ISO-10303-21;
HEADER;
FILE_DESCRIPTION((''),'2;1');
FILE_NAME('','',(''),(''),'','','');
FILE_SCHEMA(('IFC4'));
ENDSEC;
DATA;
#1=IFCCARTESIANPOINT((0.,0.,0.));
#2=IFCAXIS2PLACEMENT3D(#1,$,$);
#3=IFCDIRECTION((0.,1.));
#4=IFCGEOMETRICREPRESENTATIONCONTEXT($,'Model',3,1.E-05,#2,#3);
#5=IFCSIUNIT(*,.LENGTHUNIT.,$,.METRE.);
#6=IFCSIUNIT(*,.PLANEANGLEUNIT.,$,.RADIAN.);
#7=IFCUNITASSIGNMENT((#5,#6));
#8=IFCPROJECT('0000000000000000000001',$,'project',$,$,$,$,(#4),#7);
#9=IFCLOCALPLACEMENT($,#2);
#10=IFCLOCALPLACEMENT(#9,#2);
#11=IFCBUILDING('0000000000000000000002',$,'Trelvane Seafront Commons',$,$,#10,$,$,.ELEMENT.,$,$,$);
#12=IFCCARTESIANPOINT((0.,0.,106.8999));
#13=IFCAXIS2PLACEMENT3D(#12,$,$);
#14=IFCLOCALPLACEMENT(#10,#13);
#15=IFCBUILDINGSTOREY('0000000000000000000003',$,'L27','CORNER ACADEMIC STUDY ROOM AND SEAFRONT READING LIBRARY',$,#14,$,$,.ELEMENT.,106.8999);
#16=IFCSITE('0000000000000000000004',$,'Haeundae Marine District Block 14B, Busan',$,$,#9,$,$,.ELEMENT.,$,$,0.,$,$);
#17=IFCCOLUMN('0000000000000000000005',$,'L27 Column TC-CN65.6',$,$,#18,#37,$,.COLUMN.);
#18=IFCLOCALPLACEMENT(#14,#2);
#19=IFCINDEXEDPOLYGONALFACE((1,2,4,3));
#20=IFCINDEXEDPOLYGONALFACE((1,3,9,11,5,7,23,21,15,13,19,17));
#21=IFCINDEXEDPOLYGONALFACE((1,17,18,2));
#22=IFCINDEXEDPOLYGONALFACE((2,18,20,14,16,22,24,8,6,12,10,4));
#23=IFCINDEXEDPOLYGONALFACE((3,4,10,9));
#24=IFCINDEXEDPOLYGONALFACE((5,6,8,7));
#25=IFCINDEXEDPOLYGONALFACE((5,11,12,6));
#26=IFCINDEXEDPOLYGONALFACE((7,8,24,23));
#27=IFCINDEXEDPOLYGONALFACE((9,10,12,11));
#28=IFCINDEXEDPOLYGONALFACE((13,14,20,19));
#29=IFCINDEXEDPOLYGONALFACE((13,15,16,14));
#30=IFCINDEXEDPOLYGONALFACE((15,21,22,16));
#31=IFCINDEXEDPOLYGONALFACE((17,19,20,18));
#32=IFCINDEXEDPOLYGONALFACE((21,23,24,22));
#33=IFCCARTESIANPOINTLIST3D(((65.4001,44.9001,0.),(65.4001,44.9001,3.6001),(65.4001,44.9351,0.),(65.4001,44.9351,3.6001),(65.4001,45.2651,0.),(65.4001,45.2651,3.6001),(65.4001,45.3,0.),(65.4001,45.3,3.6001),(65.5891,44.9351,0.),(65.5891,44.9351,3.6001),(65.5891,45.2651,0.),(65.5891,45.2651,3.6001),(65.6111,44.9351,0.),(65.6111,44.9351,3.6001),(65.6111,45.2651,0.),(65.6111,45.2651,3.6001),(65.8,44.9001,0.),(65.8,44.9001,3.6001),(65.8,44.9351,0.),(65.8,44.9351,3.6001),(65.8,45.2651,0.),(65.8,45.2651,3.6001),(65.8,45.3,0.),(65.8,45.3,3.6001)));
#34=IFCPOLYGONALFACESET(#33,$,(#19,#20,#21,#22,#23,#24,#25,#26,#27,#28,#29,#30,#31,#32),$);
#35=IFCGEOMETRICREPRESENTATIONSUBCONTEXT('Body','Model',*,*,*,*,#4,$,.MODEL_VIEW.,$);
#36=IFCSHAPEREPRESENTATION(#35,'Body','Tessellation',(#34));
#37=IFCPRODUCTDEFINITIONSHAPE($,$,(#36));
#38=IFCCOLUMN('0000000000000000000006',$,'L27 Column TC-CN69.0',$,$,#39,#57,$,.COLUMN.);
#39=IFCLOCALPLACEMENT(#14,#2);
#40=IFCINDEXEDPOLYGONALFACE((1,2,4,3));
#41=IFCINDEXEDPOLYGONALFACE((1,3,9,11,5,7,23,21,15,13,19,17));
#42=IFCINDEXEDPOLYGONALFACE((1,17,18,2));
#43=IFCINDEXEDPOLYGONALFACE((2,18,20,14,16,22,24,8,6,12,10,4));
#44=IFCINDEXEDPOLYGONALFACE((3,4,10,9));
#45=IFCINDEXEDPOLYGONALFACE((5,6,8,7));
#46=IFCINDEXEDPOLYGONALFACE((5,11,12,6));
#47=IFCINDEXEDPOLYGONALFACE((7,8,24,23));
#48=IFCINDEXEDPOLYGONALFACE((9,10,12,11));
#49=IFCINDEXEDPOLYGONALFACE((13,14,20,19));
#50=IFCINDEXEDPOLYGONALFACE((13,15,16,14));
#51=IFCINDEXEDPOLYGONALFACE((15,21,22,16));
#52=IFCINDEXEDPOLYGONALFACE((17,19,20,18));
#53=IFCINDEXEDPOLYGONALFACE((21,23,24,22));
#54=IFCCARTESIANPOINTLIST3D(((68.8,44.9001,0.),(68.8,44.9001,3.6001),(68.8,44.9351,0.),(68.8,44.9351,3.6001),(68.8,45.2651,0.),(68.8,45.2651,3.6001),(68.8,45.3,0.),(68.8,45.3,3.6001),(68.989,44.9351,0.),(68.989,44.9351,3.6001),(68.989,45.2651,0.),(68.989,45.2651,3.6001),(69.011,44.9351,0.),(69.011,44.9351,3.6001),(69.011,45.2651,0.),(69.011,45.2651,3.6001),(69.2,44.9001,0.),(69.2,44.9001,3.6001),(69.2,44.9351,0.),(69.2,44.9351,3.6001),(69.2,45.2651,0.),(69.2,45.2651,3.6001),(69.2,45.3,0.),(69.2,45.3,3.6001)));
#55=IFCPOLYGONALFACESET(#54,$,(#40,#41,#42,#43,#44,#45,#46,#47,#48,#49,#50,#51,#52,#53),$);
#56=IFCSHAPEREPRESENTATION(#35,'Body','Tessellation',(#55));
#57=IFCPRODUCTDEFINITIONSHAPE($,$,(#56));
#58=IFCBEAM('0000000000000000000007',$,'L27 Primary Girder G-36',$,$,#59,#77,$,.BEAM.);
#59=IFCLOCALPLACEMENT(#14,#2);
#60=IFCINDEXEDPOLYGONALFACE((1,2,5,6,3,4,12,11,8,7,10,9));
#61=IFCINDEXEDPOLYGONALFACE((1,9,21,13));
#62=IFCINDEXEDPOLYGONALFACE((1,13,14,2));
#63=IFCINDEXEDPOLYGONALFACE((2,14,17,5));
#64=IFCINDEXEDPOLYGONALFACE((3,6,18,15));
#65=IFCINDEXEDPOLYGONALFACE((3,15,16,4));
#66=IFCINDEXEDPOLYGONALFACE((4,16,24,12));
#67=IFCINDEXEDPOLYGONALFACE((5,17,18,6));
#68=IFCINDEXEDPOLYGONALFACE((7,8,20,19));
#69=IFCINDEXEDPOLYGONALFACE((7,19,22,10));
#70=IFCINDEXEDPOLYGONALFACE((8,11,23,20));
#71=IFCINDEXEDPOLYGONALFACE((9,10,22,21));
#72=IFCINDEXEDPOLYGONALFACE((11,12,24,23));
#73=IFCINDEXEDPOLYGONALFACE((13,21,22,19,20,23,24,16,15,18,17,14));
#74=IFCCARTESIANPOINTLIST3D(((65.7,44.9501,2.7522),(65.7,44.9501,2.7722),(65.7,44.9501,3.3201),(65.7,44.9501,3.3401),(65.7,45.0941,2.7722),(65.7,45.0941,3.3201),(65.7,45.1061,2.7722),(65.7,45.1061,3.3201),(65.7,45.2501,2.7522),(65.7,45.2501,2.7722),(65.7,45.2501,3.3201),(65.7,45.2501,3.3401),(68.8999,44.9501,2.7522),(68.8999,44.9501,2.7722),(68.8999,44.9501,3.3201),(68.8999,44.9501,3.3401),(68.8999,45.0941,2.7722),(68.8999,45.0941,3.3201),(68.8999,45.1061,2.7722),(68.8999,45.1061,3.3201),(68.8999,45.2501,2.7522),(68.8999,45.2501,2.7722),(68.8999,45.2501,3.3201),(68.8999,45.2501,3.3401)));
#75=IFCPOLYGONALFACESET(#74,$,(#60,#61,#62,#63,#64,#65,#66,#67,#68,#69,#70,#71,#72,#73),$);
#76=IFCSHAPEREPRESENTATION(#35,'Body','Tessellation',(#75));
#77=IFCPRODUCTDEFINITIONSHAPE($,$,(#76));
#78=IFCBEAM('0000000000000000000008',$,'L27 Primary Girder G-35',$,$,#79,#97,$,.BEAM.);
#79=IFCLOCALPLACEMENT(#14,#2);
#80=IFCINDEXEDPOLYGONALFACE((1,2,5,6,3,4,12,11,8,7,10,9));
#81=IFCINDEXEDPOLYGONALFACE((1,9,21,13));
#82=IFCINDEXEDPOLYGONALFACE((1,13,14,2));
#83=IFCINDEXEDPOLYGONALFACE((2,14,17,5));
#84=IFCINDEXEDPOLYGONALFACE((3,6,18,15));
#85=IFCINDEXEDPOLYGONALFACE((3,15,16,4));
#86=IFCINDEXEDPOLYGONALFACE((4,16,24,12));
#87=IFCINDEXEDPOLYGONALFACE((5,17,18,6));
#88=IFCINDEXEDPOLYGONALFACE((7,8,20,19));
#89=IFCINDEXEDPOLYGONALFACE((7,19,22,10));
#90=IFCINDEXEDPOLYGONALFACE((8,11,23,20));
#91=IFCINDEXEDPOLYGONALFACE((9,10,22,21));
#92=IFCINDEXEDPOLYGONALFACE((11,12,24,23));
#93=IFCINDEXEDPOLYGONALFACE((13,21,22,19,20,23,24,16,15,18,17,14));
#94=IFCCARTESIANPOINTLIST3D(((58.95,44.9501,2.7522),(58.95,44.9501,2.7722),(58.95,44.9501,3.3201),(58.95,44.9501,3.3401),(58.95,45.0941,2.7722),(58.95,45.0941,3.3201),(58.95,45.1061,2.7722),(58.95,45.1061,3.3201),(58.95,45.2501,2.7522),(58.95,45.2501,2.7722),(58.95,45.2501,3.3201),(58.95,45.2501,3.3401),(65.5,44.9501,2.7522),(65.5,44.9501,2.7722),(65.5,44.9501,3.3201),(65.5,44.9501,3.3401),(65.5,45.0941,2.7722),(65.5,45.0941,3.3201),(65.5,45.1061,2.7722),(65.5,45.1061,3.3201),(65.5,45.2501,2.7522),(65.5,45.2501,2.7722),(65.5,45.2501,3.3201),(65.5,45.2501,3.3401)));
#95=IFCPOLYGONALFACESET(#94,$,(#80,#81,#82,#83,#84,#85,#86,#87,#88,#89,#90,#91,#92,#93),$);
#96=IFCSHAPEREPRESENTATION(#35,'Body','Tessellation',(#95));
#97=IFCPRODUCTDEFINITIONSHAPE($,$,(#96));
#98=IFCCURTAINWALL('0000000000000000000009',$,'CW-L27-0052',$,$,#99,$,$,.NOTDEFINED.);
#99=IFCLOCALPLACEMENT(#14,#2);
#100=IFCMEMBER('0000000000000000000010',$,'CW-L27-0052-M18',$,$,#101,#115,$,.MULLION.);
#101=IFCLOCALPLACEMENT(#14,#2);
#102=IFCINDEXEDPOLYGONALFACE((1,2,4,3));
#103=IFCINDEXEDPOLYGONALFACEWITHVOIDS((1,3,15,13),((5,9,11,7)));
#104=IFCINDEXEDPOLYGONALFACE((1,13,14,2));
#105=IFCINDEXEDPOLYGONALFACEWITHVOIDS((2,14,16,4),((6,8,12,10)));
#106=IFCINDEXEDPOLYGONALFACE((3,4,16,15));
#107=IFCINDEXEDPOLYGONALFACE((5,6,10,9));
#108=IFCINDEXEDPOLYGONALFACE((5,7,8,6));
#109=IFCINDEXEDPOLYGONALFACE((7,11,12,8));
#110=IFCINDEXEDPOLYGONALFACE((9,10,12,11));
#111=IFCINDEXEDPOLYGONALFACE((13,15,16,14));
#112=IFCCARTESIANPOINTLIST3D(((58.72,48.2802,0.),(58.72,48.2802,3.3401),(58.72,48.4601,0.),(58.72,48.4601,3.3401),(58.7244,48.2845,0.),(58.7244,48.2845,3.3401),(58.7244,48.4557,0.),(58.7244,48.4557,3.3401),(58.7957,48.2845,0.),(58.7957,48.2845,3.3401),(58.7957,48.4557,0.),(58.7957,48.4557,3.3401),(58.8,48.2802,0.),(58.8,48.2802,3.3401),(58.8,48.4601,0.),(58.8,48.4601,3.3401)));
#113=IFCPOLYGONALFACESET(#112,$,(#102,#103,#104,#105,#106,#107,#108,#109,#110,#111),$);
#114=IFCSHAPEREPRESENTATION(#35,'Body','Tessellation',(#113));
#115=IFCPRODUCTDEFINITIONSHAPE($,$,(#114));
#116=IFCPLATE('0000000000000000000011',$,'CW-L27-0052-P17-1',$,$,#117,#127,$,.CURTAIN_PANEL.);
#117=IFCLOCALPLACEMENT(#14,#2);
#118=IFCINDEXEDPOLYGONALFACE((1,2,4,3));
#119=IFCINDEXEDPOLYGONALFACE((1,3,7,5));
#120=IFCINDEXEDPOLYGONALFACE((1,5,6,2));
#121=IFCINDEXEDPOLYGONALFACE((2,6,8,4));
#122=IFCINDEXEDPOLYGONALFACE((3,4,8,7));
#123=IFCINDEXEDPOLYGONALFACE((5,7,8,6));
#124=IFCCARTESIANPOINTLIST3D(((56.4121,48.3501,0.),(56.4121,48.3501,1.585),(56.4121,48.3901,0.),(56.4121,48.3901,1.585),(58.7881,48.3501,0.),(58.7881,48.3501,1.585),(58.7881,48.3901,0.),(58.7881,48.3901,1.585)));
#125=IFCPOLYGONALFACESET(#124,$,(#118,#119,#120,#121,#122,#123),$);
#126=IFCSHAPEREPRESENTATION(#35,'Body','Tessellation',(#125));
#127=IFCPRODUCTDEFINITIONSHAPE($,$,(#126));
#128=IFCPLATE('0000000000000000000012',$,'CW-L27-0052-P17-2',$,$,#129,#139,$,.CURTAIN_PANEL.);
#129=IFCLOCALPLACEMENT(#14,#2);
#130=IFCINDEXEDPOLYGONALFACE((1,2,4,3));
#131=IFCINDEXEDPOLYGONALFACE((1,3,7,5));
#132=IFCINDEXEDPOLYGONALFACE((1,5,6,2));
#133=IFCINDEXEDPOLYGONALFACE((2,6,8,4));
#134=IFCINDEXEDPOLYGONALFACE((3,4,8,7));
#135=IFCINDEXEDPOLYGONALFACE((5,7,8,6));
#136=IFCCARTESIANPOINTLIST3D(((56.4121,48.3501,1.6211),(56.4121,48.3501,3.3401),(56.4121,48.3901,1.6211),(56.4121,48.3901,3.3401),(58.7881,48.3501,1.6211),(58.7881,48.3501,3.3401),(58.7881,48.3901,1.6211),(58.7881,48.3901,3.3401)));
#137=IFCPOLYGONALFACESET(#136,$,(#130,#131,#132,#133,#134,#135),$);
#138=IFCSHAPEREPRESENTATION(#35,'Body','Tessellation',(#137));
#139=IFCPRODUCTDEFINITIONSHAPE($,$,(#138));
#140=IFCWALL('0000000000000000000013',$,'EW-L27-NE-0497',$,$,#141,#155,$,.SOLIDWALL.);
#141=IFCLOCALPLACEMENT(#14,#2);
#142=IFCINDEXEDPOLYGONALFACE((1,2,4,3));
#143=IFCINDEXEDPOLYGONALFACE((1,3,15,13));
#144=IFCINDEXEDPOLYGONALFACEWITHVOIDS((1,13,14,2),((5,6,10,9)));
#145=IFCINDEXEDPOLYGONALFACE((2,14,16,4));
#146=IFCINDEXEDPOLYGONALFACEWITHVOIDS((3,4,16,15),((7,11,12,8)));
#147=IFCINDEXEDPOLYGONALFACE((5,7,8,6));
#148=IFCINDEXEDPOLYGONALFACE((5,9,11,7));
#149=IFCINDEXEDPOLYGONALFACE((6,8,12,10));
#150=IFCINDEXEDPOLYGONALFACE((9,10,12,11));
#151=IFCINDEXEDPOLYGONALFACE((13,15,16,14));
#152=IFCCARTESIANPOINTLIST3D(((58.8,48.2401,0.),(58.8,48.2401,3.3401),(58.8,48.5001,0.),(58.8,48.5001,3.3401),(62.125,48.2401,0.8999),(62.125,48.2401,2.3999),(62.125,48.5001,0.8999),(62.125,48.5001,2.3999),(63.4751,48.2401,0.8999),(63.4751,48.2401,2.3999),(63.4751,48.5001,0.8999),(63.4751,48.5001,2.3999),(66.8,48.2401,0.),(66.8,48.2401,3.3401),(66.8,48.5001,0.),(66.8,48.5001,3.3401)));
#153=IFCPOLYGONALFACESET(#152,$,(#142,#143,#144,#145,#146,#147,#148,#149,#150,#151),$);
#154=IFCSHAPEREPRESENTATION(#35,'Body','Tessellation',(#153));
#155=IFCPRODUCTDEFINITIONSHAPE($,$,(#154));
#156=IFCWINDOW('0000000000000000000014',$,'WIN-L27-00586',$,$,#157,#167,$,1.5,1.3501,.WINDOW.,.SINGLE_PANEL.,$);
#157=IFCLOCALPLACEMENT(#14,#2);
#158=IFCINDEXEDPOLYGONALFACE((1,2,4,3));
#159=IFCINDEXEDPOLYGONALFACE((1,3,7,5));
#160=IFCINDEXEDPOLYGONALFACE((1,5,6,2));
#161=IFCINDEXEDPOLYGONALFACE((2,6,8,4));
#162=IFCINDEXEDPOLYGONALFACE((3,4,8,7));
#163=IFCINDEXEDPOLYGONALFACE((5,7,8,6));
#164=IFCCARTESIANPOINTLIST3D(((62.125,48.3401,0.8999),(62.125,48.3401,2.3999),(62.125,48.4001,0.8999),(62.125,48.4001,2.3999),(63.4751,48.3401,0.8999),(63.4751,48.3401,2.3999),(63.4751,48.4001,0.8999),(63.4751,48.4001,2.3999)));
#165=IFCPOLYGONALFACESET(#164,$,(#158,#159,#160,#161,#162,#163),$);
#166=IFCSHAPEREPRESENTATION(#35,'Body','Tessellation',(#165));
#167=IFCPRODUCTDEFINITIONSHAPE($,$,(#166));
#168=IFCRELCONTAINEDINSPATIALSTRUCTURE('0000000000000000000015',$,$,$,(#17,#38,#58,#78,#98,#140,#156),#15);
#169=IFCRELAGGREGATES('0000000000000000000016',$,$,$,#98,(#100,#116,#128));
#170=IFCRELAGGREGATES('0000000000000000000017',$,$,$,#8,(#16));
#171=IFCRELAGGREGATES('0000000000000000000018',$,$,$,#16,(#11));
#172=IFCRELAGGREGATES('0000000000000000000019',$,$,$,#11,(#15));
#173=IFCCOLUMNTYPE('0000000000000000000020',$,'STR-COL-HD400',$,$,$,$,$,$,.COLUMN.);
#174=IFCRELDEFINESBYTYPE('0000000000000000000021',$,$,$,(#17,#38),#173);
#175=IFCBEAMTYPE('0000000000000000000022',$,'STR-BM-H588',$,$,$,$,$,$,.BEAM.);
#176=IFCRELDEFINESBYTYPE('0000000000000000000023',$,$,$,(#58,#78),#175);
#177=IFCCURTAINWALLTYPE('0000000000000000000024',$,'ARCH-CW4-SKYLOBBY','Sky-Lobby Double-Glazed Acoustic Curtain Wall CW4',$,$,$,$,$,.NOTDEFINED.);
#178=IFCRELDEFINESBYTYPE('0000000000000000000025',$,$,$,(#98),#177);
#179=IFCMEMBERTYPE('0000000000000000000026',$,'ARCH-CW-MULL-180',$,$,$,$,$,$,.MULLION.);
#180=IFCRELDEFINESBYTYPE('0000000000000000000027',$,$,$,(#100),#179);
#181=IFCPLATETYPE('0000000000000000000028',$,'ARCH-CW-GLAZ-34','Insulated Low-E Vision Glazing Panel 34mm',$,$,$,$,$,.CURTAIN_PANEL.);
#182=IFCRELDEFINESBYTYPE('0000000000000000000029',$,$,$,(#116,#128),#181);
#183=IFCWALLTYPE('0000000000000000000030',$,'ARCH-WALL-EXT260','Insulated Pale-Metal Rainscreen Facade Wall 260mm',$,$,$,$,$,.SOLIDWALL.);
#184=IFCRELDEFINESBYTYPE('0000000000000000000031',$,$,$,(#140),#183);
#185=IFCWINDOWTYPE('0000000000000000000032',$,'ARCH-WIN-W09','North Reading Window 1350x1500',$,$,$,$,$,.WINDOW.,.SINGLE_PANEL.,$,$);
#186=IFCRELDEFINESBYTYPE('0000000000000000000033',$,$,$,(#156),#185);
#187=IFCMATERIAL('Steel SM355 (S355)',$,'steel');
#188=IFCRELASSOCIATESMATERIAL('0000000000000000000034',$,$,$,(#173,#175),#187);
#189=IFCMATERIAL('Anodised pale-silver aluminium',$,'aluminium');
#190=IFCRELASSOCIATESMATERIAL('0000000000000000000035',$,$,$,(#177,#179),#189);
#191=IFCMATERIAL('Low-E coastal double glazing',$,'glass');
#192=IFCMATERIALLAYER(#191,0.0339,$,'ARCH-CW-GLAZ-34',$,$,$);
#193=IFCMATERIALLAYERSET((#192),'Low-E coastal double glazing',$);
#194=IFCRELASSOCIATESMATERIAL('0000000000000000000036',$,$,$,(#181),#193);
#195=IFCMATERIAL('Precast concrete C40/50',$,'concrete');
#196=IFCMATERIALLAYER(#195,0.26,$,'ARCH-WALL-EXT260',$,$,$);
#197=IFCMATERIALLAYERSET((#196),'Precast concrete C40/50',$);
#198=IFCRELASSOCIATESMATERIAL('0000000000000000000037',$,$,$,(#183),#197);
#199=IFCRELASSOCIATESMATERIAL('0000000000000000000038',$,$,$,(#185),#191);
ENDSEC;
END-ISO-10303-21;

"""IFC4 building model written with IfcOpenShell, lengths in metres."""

from ifc_helpers import new_model, si_unit, direction, frame, frame_2d, origin, origin_2d, place, context, subcontext, project, spatial, rectangle, hollow_rectangle, i_section, extrude, source, transform, mapped, material, layer, layer_set, material_profile, profile_set, type_object, element, fill, aggregate, save


model = new_model("IFC4")

# Units and contexts
model_context = context("Model", 3, precision=1e-05, world=origin(), true_north=direction((0.0, 1.0)))
body_context = subcontext(model_context, "Body", "Model", "MODEL_VIEW")
ifc_project = project(units=[si_unit("LENGTHUNIT", "METRE"), si_unit("PLANEANGLEUNIT", "RADIAN")], contexts=[model_context])

# Site, building, storey
site_placement = place(None, origin())
site = spatial("IfcSite", under=ifc_project, at=site_placement, Name="Haeundae Marine District Block 14B, Busan", CompositionType="ELEMENT", RefElevation=0.0)
building_placement = place(site_placement, origin())
building = spatial("IfcBuilding", under=site, at=building_placement, Name="Trelvane Seafront Commons", CompositionType="ELEMENT")
storey_placement = place(building_placement, frame((0.0, 0.0, 106.8999)))
storey = spatial("IfcBuildingStorey", under=building, at=storey_placement, Name="L27", Description="CORNER ACADEMIC STUDY ROOM AND SEAFRONT READING LIBRARY", CompositionType="ELEMENT", Elevation=106.8999)

# Columns
ifc_material_1 = material(Name="Steel SM355 (S355)", Category="steel")
ifc_material_profile_1 = material_profile(ifc_material_1, i_section(OverallWidth=0.3999, OverallDepth=0.3999, WebThickness=0.022, FlangeThickness=0.0349, at=origin_2d()), Name="HD-400x400x22x35")
ifc_profile_set_1 = profile_set([ifc_material_profile_1], Name="Steel SM355 (S355)")
column_type = type_object("IfcColumnType", Name="STR-COL-HD400", PredefinedType="COLUMN", material=ifc_profile_set_1)
shared_shape_1 = source(origin(), body_context, "Body", "SweptSolid", [
    extrude(i_section(OverallWidth=0.3999, OverallDepth=0.3999, WebThickness=0.022, FlangeThickness=0.0349, at=origin_2d()), origin(), (0.0, 0.0, 1.0), 3.6001),
])
for number, where, z_axis, x_axis, name in (
    (1, (65.6001, 45.1001, 0.0), (0.0, 0.0, 1.0), (1.0, 0.0, 0.0), "L27 Column TC-CN65.6"),
    (2, (69.0, 45.1001, 0.0), (0.0, 0.0, 1.0), (1.0, 0.0, 0.0), "L27 Column TC-CN69.0"),
):
    element("IfcColumn", number, at=place(storey_placement, frame(where, z_axis=z_axis, x_axis=x_axis)), inside=storey, type_object=column_type, Name=name, PredefinedType="COLUMN", context=body_context, shape_type="MappedRepresentation", body=[
        mapped(shared_shape_1, transform((0.0, 0.0, 0.0), x_axis=(1.0, 0.0, 0.0), y_axis=(0.0, 1.0, 0.0), z_axis=(0.0, 0.0, 1.0), scale=1.0)),
    ])

# Beams
ifc_material_profile_2 = material_profile(ifc_material_1, i_section(OverallWidth=0.3, OverallDepth=0.5879, WebThickness=0.012, FlangeThickness=0.02, at=origin_2d()), Name="H-588x300x12x20")
ifc_profile_set_2 = profile_set([ifc_material_profile_2], Name="Steel SM355 (S355)")
beam_type = type_object("IfcBeamType", Name="STR-BM-H588", PredefinedType="BEAM", material=ifc_profile_set_2)
shared_shape_2 = source(origin(), body_context, "Body", "SweptSolid", [
    extrude(i_section(OverallWidth=0.3, OverallDepth=0.5879, WebThickness=0.012, FlangeThickness=0.02, at=origin_2d()), origin(), (0.0, 0.0, 1.0), 3.2),
])
beam_1_placement = place(storey_placement, frame((65.7, 45.1001, 3.0461), z_axis=(1.0, 0.0, 0.0), x_axis=(0.0, 1.0, 0.0)))
element("IfcBeam", 3, at=beam_1_placement, inside=storey, type_object=beam_type, Name="L27 Primary Girder G-36", PredefinedType="BEAM", context=body_context, shape_type="MappedRepresentation", body=[
    mapped(shared_shape_2, transform((0.0, 0.0, 0.0), x_axis=(1.0, 0.0, 0.0), y_axis=(0.0, 1.0, 0.0), z_axis=(0.0, 0.0, 1.0), scale=1.0)),
])
shared_shape_3 = source(origin(), body_context, "Body", "SweptSolid", [
    extrude(i_section(OverallWidth=0.3, OverallDepth=0.5879, WebThickness=0.012, FlangeThickness=0.02, at=origin_2d()), origin(), (0.0, 0.0, 1.0), 6.55),
])
beam_2_placement = place(storey_placement, frame((58.95, 45.1001, 3.0461), z_axis=(1.0, 0.0, 0.0), x_axis=(0.0, 1.0, 0.0)))
element("IfcBeam", 4, at=beam_2_placement, inside=storey, type_object=beam_type, Name="L27 Primary Girder G-35", PredefinedType="BEAM", context=body_context, shape_type="MappedRepresentation", body=[
    mapped(shared_shape_3, transform((0.0, 0.0, 0.0), x_axis=(1.0, 0.0, 0.0), y_axis=(0.0, 1.0, 0.0), z_axis=(0.0, 0.0, 1.0), scale=1.0)),
])

# Curtain wall, member, plates
ifc_material_2 = material(Name="Anodised pale-silver aluminium", Category="aluminium")
curtain_wall_type = type_object("IfcCurtainWallType", Name="ARCH-CW4-SKYLOBBY", Description="Sky-Lobby Double-Glazed Acoustic Curtain Wall CW4", PredefinedType="NOTDEFINED", material=ifc_material_2)
curtain_wall_placement = place(storey_placement, origin())
curtain_wall = element("IfcCurtainWall", 5, at=curtain_wall_placement, inside=storey, type_object=curtain_wall_type, Name="CW-L27-0052", PredefinedType="NOTDEFINED")
ifc_material_profile_3 = material_profile(ifc_material_2, hollow_rectangle(XDim=0.0801, YDim=0.1799, WallThickness=0.0044, at=origin_2d()), Name="MULL-80x180x4.5")
ifc_profile_set_3 = profile_set([ifc_material_profile_3], Name="Anodised pale-silver aluminium")
member_type = type_object("IfcMemberType", Name="ARCH-CW-MULL-180", PredefinedType="MULLION", material=ifc_profile_set_3)
shared_shape_4 = source(origin(), body_context, "Body", "SweptSolid", [
    extrude(hollow_rectangle(XDim=0.0801, YDim=0.1799, WallThickness=0.0044, at=origin_2d()), origin(), (0.0, 0.0, 1.0), 3.3401),
])
member_placement = place(storey_placement, frame((58.76, 48.3701, 0.0), z_axis=(0.0, 0.0, 1.0), x_axis=(1.0, 0.0, 0.0)))
member = element("IfcMember", 6, at=member_placement, type_object=member_type, Name="CW-L27-0052-M18", PredefinedType="MULLION", context=body_context, shape_type="MappedRepresentation", body=[
    mapped(shared_shape_4, transform((0.0, 0.0, 0.0), x_axis=(1.0, 0.0, 0.0), y_axis=(0.0, 1.0, 0.0), z_axis=(0.0, 0.0, 1.0), scale=1.0)),
])
ifc_material_3 = material(Name="Low-E coastal double glazing", Category="glass")
ifc_layer_1 = layer(ifc_material_3, 0.0339, Name="ARCH-CW-GLAZ-34")
ifc_layer_set_1 = layer_set([ifc_layer_1], Name="Low-E coastal double glazing")
plate_type = type_object("IfcPlateType", Name="ARCH-CW-GLAZ-34", Description="Insulated Low-E Vision Glazing Panel 34mm", PredefinedType="CURTAIN_PANEL", material=ifc_layer_set_1)
shared_shape_5 = source(origin(), body_context, "Body", "SweptSolid", [
    extrude(rectangle(XDim=2.376, YDim=0.04, at=origin_2d()), origin(), (0.0, 0.0, 1.0), 1.585),
])
plate_1_placement = place(storey_placement, frame((57.6001, 48.3701, 0.0), z_axis=(0.0, 0.0, 1.0), x_axis=(1.0, 0.0, 0.0)))
plate_1 = element("IfcPlate", 7, at=plate_1_placement, type_object=plate_type, Name="CW-L27-0052-P17-1", PredefinedType="CURTAIN_PANEL", context=body_context, shape_type="MappedRepresentation", body=[
    mapped(shared_shape_5, transform((0.0, 0.0, 0.0), x_axis=(1.0, 0.0, 0.0), y_axis=(0.0, 1.0, 0.0), z_axis=(0.0, 0.0, 1.0), scale=1.0)),
])
shared_shape_6 = source(origin(), body_context, "Body", "SweptSolid", [
    extrude(rectangle(XDim=2.376, YDim=0.04, at=origin_2d()), origin(), (0.0, 0.0, 1.0), 1.719),
])
plate_2_placement = place(storey_placement, frame((57.6001, 48.3701, 1.6211), z_axis=(0.0, 0.0, 1.0), x_axis=(1.0, 0.0, 0.0)))
plate_2 = element("IfcPlate", 8, at=plate_2_placement, type_object=plate_type, Name="CW-L27-0052-P17-2", PredefinedType="CURTAIN_PANEL", context=body_context, shape_type="MappedRepresentation", body=[
    mapped(shared_shape_6, transform((0.0, 0.0, 0.0), x_axis=(1.0, 0.0, 0.0), y_axis=(0.0, 1.0, 0.0), z_axis=(0.0, 0.0, 1.0), scale=1.0)),
])
aggregate(curtain_wall, [member, plate_1, plate_2])

# Wall, opening, window
ifc_material_4 = material(Name="Precast concrete C40/50", Category="concrete")
ifc_layer_2 = layer(ifc_material_4, 0.26, Name="ARCH-WALL-EXT260")
ifc_layer_set_2 = layer_set([ifc_layer_2], Name="Precast concrete C40/50")
wall_type = type_object("IfcWallType", Name="ARCH-WALL-EXT260", Description="Insulated Pale-Metal Rainscreen Facade Wall 260mm", PredefinedType="SOLIDWALL", material=ifc_layer_set_2)
wall_1_placement = place(storey_placement, frame((58.8, 48.3701, 0.0), z_axis=(0.0, 0.0, 1.0), x_axis=(1.0, 0.0, 0.0)))
wall_1 = element("IfcWall", 9, at=wall_1_placement, inside=storey, type_object=wall_type, Name="EW-L27-NE-0497", PredefinedType="SOLIDWALL", context=body_context, shape_type="SweptSolid", body=[
    extrude(rectangle(XDim=8.0, YDim=0.26, at=frame_2d((4.0, 0.0))), origin(), (0.0, 0.0, 1.0), 3.3401),
])
opening_1_placement = place(wall_1_placement, frame((3.325, 0.0, 0.8999)))
opening_1 = element("IfcOpeningElement", 10, at=opening_1_placement, cuts=wall_1, PredefinedType="OPENING", context=body_context, shape_type="SweptSolid", body=[
    extrude(rectangle(XDim=1.3501, YDim=1.5, at=frame_2d((0.675, 0.75))), frame((0.0, 0.1399, 0.0), z_axis=(0.0, -1.0, 0.0), x_axis=(1.0, 0.0, 0.0)), (0.0, 0.0, 1.0), 0.28),
])
window_type_1 = type_object("IfcWindowType", Name="ARCH-WIN-W09", Description="North Reading Window 1350x1500", PartitioningType="SINGLE_PANEL", PredefinedType="WINDOW", material=ifc_material_3)
shared_shape_7 = source(origin(), body_context, "Body", "SweptSolid", [
    extrude(rectangle(XDim=1.3501, YDim=1.5, at=frame_2d((0.675, 0.75))), frame((0.0, 0.03, 0.0), z_axis=(0.0, -1.0, 0.0), x_axis=(1.0, 0.0, 0.0)), (0.0, 0.0, 1.0), 0.0601),
])
window_1_placement = place(opening_1_placement, origin())
window_1 = element("IfcWindow", 11, at=window_1_placement, inside=storey, type_object=window_type_1, Name="WIN-L27-00586", OverallHeight=1.5, OverallWidth=1.3501, PartitioningType="SINGLE_PANEL", PredefinedType="WINDOW", context=body_context, shape_type="MappedRepresentation", body=[
    mapped(shared_shape_7, transform((0.0, 0.0, 0.0), x_axis=(1.0, 0.0, 0.0), y_axis=(0.0, 1.0, 0.0), z_axis=(0.0, 0.0, 1.0), scale=1.0)),
])
fill(opening_1, window_1)

save(model, "model.ifc")
